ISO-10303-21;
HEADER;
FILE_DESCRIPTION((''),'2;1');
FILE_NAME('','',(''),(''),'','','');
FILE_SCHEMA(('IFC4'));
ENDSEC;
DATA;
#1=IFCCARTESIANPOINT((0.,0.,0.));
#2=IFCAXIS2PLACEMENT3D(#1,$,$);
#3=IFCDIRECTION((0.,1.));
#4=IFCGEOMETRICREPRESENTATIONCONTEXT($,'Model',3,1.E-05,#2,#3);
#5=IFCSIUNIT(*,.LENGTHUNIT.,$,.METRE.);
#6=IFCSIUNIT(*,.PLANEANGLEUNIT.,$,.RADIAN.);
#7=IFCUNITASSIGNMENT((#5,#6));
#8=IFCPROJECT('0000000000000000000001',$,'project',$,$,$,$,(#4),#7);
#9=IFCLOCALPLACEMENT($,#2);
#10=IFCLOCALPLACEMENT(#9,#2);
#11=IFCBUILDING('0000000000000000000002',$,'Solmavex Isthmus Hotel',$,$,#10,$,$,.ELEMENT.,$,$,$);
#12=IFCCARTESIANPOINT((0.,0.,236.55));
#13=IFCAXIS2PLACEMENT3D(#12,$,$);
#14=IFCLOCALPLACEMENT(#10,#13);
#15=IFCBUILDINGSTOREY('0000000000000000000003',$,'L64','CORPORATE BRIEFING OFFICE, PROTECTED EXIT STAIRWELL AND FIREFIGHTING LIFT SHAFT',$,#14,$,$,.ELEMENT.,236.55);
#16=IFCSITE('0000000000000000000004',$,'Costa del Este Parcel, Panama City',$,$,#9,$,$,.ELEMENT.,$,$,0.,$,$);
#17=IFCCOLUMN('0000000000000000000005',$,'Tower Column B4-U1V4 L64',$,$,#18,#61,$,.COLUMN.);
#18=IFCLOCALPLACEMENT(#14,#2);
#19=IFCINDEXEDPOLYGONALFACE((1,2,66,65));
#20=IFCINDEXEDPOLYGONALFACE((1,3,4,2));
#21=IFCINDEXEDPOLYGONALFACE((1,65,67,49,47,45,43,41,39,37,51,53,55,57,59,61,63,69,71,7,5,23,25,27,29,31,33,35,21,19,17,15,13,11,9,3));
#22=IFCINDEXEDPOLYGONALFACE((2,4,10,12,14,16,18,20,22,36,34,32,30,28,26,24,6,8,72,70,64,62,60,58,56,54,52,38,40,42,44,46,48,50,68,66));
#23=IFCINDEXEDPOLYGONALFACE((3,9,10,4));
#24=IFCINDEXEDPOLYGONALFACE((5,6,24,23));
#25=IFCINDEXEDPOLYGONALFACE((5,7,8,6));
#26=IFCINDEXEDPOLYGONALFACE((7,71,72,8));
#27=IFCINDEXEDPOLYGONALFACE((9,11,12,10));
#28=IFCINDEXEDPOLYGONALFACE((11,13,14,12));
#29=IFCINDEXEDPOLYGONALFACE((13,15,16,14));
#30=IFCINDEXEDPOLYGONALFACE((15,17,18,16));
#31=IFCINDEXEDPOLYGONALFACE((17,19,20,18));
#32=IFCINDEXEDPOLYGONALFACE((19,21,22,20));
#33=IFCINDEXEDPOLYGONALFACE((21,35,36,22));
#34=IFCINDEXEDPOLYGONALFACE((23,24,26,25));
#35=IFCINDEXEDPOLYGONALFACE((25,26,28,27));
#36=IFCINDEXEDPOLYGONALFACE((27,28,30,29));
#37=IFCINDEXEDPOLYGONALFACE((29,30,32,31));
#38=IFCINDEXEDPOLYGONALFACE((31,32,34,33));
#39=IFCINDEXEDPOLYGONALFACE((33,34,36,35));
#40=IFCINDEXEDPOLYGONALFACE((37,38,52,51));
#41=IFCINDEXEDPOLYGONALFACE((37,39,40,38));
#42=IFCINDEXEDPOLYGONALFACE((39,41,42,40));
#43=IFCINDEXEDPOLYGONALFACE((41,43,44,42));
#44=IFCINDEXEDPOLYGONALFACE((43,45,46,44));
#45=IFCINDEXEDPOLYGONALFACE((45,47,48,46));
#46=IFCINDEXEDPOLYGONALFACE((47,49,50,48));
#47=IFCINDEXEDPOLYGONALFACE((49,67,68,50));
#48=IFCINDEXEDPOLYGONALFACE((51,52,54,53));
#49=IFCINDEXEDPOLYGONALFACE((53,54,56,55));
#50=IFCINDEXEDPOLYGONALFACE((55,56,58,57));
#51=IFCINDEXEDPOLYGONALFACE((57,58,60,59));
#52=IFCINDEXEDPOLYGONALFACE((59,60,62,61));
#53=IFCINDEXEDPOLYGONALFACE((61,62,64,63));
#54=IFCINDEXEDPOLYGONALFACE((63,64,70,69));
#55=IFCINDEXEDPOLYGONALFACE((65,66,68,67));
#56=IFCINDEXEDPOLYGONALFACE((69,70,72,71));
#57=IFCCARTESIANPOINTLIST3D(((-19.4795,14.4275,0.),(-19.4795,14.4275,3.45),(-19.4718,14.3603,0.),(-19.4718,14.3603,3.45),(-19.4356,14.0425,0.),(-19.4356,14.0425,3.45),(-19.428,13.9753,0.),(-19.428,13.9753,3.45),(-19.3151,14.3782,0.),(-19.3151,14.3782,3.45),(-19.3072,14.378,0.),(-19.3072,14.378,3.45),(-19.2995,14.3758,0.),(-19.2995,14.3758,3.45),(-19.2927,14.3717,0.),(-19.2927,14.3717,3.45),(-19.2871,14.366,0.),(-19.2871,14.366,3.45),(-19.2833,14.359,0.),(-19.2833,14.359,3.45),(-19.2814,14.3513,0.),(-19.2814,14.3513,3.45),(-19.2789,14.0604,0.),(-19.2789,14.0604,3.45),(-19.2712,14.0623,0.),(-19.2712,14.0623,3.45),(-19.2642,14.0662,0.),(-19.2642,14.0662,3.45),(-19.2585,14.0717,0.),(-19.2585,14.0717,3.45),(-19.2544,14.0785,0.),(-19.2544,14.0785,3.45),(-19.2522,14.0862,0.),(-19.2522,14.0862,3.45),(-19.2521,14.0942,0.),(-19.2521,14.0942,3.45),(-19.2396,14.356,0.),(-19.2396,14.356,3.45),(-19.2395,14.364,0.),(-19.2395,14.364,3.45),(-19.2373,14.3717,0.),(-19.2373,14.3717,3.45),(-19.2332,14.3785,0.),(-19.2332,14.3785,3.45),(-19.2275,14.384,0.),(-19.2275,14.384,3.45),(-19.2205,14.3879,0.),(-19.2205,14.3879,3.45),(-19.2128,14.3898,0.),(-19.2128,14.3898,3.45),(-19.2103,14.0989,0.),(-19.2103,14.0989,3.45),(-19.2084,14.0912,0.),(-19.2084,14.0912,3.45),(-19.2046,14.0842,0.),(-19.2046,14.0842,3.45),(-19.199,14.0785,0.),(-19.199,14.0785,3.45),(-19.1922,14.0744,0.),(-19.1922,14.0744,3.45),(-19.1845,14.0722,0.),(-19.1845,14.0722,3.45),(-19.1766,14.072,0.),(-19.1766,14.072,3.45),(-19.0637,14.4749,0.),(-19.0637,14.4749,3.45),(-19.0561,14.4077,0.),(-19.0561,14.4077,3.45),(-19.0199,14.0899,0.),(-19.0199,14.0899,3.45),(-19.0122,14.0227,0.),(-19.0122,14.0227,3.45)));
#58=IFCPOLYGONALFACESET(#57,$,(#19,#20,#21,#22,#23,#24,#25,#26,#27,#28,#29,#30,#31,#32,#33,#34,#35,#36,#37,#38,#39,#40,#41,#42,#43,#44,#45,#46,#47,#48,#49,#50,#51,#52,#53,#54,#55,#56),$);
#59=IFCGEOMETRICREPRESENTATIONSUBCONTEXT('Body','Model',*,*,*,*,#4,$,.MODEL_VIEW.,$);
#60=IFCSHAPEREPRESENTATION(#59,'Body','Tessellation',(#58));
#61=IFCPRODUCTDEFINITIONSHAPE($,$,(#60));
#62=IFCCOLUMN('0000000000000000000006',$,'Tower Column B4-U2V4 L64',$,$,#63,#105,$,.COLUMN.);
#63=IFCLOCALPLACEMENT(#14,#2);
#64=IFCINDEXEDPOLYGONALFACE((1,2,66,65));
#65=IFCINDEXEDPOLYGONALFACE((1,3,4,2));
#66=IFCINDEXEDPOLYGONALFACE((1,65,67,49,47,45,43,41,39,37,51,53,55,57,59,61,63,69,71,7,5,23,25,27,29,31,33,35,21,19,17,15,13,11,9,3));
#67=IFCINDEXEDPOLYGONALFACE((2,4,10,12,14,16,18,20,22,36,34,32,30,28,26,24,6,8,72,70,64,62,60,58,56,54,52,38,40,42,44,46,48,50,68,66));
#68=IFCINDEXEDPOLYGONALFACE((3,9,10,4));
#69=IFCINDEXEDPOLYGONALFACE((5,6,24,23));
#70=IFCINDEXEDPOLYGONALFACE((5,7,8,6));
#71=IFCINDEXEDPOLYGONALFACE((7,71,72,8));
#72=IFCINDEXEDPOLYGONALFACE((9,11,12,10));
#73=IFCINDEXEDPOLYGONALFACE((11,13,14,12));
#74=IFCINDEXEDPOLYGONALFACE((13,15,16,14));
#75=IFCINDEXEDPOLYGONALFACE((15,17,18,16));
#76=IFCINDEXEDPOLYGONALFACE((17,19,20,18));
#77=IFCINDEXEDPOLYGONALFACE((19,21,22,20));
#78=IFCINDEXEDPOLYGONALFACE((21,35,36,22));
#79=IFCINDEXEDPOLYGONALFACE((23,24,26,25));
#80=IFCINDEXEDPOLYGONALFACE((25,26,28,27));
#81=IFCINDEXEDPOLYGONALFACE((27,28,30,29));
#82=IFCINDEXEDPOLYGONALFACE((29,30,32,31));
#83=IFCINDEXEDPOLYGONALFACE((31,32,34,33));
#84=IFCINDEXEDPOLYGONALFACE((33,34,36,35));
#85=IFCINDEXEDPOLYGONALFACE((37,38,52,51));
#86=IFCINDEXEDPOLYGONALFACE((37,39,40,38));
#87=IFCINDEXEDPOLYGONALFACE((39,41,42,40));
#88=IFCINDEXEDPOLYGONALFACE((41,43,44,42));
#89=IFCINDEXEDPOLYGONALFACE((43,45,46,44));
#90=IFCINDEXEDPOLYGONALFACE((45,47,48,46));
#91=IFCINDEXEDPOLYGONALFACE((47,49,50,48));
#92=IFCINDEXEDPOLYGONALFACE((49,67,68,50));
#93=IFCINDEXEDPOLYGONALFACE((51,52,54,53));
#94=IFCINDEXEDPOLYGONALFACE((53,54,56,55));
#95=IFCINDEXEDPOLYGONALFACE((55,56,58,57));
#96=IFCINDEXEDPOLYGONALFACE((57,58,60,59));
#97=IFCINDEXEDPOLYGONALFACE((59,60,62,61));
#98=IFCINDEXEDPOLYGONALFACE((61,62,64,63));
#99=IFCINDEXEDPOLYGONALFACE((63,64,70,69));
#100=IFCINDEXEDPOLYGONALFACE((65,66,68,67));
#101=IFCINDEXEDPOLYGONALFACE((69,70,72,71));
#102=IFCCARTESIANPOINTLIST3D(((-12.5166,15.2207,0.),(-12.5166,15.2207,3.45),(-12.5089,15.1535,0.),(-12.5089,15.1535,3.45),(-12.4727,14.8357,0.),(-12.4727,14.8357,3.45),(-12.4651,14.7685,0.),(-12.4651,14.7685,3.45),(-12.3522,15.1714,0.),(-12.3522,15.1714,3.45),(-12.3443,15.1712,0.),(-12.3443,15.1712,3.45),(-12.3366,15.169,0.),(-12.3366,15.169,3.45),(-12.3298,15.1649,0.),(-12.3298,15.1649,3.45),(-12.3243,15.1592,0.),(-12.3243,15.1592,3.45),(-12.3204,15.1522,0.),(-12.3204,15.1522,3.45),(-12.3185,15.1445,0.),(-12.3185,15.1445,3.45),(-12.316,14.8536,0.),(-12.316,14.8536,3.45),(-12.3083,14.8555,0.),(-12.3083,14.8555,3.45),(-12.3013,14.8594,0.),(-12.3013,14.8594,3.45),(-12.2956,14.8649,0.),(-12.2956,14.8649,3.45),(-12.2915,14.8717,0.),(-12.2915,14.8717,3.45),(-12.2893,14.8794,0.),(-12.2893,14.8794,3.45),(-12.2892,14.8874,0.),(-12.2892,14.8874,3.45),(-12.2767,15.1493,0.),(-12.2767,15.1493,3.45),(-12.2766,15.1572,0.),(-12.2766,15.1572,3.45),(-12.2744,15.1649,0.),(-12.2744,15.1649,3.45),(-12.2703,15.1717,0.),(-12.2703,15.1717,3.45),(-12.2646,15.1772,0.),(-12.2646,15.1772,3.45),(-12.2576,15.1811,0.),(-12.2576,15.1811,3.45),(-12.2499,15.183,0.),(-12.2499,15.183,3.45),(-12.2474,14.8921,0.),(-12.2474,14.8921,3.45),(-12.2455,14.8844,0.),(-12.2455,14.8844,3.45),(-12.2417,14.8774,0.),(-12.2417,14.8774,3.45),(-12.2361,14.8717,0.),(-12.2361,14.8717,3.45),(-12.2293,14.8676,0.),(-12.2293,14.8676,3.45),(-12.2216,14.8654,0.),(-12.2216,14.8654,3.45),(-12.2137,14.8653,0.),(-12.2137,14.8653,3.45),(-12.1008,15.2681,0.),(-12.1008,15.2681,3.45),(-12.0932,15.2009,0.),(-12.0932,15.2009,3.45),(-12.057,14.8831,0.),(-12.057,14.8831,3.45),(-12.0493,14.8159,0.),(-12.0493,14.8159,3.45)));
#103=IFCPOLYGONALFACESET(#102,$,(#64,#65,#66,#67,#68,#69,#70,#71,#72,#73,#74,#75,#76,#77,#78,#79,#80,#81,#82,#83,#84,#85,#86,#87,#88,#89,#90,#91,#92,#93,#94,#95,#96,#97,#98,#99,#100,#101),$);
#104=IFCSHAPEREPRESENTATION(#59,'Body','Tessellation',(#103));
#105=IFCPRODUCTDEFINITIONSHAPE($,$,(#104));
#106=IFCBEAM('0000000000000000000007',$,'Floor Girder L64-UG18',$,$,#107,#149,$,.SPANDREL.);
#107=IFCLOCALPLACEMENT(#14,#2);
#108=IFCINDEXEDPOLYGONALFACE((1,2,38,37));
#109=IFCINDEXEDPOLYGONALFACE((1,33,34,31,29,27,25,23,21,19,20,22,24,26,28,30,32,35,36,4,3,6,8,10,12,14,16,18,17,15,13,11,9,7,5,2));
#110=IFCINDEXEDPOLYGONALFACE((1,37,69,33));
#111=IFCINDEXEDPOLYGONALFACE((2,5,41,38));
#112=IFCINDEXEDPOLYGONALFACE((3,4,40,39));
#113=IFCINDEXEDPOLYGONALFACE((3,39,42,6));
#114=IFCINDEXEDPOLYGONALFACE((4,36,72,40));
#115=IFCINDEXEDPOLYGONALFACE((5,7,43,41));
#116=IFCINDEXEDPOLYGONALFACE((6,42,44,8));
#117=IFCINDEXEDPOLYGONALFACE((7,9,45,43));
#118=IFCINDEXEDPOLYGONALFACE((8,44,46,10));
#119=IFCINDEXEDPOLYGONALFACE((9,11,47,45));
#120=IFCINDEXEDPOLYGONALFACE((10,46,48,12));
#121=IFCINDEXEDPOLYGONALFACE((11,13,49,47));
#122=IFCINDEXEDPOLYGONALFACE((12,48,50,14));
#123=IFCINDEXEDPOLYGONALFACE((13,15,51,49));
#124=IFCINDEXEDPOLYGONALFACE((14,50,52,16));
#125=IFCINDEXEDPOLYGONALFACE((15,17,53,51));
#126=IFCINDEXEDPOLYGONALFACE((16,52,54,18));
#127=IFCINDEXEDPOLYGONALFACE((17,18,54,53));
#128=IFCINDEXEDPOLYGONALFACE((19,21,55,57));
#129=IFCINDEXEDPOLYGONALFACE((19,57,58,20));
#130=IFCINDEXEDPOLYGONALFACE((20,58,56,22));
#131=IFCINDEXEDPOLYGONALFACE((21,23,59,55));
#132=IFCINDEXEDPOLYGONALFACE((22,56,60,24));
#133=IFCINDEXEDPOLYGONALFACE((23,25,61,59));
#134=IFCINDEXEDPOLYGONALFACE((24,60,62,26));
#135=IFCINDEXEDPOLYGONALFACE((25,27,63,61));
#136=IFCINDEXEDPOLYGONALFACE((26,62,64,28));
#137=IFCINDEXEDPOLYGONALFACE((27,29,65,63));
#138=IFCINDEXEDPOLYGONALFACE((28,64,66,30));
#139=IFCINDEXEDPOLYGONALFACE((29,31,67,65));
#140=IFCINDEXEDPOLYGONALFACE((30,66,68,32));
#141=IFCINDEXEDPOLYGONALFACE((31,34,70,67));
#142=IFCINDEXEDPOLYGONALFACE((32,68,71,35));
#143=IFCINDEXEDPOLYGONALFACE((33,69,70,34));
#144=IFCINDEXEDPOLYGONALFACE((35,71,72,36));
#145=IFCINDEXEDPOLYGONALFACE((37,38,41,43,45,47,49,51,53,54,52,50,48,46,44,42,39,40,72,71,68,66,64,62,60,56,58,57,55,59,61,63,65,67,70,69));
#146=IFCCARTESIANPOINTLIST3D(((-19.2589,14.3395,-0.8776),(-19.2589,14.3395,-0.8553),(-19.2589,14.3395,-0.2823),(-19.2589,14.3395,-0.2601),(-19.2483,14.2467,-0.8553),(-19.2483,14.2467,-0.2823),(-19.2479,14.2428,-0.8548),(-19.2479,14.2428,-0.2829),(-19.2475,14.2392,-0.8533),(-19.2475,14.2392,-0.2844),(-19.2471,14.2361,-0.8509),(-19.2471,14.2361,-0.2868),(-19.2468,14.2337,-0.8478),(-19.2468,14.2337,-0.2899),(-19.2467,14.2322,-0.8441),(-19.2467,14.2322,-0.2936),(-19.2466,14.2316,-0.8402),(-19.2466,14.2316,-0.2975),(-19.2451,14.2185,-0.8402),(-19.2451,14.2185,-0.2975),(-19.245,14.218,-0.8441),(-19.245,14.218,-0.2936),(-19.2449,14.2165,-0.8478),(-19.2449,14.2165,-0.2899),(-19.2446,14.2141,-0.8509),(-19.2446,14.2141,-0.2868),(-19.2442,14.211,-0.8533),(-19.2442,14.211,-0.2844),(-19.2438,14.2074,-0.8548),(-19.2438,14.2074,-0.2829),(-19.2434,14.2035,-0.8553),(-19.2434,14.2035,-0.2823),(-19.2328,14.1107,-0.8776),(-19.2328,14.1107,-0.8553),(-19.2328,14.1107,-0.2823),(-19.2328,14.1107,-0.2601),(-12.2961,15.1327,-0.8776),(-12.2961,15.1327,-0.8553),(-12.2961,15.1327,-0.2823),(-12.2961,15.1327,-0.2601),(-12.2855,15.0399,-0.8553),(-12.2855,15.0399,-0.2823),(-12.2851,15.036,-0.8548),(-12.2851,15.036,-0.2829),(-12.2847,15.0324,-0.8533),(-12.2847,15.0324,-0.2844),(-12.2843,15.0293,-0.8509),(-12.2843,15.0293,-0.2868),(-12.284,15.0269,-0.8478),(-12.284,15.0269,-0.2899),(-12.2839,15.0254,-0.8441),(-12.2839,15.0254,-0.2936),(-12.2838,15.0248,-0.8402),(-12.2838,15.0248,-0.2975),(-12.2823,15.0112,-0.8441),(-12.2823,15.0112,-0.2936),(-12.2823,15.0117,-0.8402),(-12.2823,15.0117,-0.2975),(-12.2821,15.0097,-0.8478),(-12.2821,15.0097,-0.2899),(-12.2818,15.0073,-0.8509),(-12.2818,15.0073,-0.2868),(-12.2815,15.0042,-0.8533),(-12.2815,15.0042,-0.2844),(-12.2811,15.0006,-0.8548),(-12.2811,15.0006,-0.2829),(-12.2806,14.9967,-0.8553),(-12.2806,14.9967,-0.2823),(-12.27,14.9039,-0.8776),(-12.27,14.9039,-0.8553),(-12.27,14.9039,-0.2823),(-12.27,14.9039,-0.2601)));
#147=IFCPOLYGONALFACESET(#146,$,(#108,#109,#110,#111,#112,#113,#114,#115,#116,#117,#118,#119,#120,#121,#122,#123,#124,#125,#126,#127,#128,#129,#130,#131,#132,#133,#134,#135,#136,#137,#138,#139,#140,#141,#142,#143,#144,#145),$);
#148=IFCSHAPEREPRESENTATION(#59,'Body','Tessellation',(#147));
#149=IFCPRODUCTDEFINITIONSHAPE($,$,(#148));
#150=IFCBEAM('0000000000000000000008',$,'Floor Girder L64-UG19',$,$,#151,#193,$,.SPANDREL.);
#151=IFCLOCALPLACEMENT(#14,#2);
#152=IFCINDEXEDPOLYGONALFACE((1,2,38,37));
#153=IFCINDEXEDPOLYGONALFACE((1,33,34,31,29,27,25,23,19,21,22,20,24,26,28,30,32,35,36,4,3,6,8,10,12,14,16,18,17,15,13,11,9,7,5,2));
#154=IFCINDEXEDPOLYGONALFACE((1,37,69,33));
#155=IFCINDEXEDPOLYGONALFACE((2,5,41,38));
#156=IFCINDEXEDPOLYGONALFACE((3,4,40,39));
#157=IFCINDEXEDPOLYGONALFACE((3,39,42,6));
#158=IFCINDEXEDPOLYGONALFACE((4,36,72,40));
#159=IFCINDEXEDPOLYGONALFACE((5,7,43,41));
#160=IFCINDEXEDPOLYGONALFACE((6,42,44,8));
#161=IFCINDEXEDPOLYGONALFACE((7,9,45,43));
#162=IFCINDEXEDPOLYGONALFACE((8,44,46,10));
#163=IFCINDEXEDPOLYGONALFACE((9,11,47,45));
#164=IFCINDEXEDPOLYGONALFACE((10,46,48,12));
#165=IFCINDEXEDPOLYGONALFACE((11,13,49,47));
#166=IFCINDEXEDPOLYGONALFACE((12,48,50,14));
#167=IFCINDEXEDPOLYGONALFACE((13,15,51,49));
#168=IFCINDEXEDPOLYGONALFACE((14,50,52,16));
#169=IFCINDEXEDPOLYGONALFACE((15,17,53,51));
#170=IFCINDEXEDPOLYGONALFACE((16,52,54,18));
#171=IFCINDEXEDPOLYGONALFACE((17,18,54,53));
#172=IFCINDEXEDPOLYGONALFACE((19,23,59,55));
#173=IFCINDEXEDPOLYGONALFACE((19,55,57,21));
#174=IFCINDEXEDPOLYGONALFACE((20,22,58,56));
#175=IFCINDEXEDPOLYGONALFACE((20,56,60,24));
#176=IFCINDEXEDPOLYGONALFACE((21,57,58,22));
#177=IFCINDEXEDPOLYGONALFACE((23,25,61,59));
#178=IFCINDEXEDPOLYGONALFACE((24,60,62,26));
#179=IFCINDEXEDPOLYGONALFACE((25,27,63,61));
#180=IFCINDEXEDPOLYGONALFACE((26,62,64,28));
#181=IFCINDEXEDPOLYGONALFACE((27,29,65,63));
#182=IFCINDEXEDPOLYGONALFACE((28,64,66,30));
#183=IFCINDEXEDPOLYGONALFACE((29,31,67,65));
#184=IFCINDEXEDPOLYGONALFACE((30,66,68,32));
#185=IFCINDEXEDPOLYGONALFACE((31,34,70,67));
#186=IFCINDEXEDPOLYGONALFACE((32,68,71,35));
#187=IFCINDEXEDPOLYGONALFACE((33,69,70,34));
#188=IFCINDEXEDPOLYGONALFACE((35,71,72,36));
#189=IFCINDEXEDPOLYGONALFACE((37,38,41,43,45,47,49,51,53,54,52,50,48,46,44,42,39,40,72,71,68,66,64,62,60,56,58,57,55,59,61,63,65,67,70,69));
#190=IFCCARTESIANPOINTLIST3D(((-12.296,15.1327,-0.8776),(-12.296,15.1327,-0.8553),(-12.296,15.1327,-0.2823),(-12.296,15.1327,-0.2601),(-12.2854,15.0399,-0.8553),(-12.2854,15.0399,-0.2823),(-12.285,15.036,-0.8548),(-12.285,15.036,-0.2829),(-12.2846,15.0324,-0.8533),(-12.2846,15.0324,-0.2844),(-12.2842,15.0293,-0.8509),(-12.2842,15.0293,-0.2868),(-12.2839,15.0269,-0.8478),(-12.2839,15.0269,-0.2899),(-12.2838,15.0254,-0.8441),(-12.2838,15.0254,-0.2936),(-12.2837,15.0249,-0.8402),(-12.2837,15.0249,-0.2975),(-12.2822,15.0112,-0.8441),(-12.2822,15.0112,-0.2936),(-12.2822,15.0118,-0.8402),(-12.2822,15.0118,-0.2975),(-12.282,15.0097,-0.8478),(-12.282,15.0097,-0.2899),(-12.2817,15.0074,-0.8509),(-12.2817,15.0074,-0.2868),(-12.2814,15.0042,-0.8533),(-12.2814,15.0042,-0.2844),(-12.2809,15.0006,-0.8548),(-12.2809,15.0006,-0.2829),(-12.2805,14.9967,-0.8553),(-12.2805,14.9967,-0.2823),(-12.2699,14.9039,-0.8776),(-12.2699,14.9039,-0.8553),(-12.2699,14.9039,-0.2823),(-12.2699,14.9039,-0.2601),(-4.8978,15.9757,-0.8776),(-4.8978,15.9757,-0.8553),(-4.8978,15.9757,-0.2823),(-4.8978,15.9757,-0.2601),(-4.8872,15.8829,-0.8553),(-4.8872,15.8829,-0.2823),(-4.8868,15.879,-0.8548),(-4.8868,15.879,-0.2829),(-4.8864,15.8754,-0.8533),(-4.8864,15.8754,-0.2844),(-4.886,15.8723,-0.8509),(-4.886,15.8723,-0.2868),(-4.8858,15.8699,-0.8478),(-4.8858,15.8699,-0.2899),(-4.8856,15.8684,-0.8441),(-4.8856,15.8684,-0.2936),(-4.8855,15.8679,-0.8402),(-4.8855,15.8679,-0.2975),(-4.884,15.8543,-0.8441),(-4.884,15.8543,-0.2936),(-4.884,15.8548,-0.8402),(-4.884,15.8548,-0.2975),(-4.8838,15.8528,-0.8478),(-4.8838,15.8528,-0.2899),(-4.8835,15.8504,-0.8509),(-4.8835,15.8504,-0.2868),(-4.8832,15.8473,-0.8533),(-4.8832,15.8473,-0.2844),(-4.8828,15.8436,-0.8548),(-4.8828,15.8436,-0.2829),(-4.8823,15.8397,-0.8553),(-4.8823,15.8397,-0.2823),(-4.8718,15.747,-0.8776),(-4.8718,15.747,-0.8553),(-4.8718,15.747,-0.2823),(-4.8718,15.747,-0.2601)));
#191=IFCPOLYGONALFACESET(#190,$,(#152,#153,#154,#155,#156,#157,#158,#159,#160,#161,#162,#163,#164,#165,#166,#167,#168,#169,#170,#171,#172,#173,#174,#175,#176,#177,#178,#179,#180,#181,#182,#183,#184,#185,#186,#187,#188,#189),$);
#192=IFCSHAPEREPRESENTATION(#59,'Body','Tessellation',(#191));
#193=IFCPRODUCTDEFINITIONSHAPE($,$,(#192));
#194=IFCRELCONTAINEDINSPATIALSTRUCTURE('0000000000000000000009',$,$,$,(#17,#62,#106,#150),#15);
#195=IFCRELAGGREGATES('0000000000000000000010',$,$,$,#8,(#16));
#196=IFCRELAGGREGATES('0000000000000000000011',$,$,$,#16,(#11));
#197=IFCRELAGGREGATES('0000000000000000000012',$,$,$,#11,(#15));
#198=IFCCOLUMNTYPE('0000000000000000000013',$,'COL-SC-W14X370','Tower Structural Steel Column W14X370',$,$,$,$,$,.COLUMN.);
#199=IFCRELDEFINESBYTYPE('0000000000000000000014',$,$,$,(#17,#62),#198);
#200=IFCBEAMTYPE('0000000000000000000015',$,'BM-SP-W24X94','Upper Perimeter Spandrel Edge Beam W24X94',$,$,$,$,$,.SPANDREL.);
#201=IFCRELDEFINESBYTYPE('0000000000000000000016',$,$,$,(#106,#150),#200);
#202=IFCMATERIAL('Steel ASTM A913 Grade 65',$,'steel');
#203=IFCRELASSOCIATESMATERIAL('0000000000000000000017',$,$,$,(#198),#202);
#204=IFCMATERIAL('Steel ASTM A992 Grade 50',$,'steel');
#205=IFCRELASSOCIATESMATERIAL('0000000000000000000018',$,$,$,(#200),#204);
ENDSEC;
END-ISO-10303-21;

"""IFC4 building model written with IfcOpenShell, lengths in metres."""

from ifc_helpers import new_model, si_unit, direction, frame, origin, origin_2d, place, context, subcontext, project, spatial, i_section, extrude, material, material_profile, profile_set, type_object, element, save


model = new_model("IFC4")

# Units and contexts
model_context = context("Model", 3, precision=1e-05, world=origin(), true_north=direction((0.0, 1.0)))
body_context = subcontext(model_context, "Body", "Model", "MODEL_VIEW")
ifc_project = project(units=[si_unit("LENGTHUNIT", "METRE"), si_unit("PLANEANGLEUNIT", "RADIAN")], contexts=[model_context])

# Site, building, storey
site_placement = place(None, origin())
site = spatial("IfcSite", under=ifc_project, at=site_placement, Name="Costa del Este Parcel, Panama City", CompositionType="ELEMENT", RefElevation=0.0)
building_placement = place(site_placement, origin())
building = spatial("IfcBuilding", under=site, at=building_placement, Name="Solmavex Isthmus Hotel", CompositionType="ELEMENT")
storey_placement = place(building_placement, frame((0.0, 0.0, 236.55)))
storey = spatial("IfcBuildingStorey", under=building, at=storey_placement, Name="L64", Description="CORPORATE BRIEFING OFFICE, PROTECTED EXIT STAIRWELL AND FIREFIGHTING LIFT SHAFT", CompositionType="ELEMENT", Elevation=236.55)

# Columns
ifc_material_1 = material(Name="Steel ASTM A913 Grade 65", Category="steel")
ifc_material_profile_1 = material_profile(ifc_material_1, i_section(OverallWidth=0.4185, OverallDepth=0.4551, WebThickness=0.042, FlangeThickness=0.0676, FilletRadius=0.0305, at=origin_2d()), Name="W14X370")
ifc_profile_set_1 = profile_set([ifc_material_profile_1], Name="Steel ASTM A913 Grade 65")
column_type = type_object("IfcColumnType", Name="COL-SC-W14X370", Description="Tower Structural Steel Column W14X370", PredefinedType="COLUMN", material=ifc_profile_set_1)
for number, where, z_axis, x_axis, name in (
    (1, (-19.2458, 14.2251, 0.0), (0.0, 0.0, 1.0), (0.993572, 0.113203, 0.0), "Tower Column B4-U1V4 L64"),
    (2, (-12.283, 15.0183, 0.0), (0.0, 0.0, 1.0), (0.993572, 0.113203, 0.0), "Tower Column B4-U2V4 L64"),
):
    element("IfcColumn", number, at=place(storey_placement, frame(where, z_axis=z_axis, x_axis=x_axis)), inside=storey, type_object=column_type, Name=name, PredefinedType="COLUMN", context=body_context, shape_type="SweptSolid", body=[
        extrude(i_section(OverallWidth=0.4185, OverallDepth=0.4551, WebThickness=0.042, FlangeThickness=0.0676, FilletRadius=0.0305, at=origin_2d()), origin(), (0.0, 0.0, 1.0), 3.45),
    ])

# Beams
ifc_material_2 = material(Name="Steel ASTM A992 Grade 50", Category="steel")
ifc_material_profile_2 = material_profile(ifc_material_2, i_section(OverallWidth=0.2302, OverallDepth=0.6174, WebThickness=0.0132, FlangeThickness=0.0222, FilletRadius=0.0151, at=origin_2d()), Name="W24X94")
ifc_profile_set_2 = profile_set([ifc_material_profile_2], Name="Steel ASTM A992 Grade 50")
beam_type = type_object("IfcBeamType", Name="BM-SP-W24X94", Description="Upper Perimeter Spandrel Edge Beam W24X94", PredefinedType="SPANDREL", material=ifc_profile_set_2)
beam_1_placement = place(storey_placement, frame((-19.2458, 14.2251, -0.5688), z_axis=(0.993574, 0.113188, 0.0), x_axis=(-0.113188, 0.993574, 0.0)))
element("IfcBeam", 3, at=beam_1_placement, inside=storey, type_object=beam_type, Name="Floor Girder L64-UG18", PredefinedType="SPANDREL", context=body_context, shape_type="SweptSolid", body=[
    extrude(i_section(OverallWidth=0.2302, OverallDepth=0.6174, WebThickness=0.0132, FlangeThickness=0.0222, FilletRadius=0.0151, at=origin_2d()), origin(), (0.0, 0.0, 1.0), 7.0078),
])
beam_2_placement = place(storey_placement, frame((-12.283, 15.0183, -0.5688), z_axis=(0.99357, 0.113216, 0.0), x_axis=(-0.113216, 0.99357, 0.0)))
element("IfcBeam", 4, at=beam_2_placement, inside=storey, type_object=beam_type, Name="Floor Girder L64-UG19", PredefinedType="SPANDREL", context=body_context, shape_type="SweptSolid", body=[
    extrude(i_section(OverallWidth=0.2302, OverallDepth=0.6174, WebThickness=0.0132, FlangeThickness=0.0222, FilletRadius=0.0151, at=origin_2d()), origin(), (0.0, 0.0, 1.0), 7.446),
])

save(model, "model.ifc")
